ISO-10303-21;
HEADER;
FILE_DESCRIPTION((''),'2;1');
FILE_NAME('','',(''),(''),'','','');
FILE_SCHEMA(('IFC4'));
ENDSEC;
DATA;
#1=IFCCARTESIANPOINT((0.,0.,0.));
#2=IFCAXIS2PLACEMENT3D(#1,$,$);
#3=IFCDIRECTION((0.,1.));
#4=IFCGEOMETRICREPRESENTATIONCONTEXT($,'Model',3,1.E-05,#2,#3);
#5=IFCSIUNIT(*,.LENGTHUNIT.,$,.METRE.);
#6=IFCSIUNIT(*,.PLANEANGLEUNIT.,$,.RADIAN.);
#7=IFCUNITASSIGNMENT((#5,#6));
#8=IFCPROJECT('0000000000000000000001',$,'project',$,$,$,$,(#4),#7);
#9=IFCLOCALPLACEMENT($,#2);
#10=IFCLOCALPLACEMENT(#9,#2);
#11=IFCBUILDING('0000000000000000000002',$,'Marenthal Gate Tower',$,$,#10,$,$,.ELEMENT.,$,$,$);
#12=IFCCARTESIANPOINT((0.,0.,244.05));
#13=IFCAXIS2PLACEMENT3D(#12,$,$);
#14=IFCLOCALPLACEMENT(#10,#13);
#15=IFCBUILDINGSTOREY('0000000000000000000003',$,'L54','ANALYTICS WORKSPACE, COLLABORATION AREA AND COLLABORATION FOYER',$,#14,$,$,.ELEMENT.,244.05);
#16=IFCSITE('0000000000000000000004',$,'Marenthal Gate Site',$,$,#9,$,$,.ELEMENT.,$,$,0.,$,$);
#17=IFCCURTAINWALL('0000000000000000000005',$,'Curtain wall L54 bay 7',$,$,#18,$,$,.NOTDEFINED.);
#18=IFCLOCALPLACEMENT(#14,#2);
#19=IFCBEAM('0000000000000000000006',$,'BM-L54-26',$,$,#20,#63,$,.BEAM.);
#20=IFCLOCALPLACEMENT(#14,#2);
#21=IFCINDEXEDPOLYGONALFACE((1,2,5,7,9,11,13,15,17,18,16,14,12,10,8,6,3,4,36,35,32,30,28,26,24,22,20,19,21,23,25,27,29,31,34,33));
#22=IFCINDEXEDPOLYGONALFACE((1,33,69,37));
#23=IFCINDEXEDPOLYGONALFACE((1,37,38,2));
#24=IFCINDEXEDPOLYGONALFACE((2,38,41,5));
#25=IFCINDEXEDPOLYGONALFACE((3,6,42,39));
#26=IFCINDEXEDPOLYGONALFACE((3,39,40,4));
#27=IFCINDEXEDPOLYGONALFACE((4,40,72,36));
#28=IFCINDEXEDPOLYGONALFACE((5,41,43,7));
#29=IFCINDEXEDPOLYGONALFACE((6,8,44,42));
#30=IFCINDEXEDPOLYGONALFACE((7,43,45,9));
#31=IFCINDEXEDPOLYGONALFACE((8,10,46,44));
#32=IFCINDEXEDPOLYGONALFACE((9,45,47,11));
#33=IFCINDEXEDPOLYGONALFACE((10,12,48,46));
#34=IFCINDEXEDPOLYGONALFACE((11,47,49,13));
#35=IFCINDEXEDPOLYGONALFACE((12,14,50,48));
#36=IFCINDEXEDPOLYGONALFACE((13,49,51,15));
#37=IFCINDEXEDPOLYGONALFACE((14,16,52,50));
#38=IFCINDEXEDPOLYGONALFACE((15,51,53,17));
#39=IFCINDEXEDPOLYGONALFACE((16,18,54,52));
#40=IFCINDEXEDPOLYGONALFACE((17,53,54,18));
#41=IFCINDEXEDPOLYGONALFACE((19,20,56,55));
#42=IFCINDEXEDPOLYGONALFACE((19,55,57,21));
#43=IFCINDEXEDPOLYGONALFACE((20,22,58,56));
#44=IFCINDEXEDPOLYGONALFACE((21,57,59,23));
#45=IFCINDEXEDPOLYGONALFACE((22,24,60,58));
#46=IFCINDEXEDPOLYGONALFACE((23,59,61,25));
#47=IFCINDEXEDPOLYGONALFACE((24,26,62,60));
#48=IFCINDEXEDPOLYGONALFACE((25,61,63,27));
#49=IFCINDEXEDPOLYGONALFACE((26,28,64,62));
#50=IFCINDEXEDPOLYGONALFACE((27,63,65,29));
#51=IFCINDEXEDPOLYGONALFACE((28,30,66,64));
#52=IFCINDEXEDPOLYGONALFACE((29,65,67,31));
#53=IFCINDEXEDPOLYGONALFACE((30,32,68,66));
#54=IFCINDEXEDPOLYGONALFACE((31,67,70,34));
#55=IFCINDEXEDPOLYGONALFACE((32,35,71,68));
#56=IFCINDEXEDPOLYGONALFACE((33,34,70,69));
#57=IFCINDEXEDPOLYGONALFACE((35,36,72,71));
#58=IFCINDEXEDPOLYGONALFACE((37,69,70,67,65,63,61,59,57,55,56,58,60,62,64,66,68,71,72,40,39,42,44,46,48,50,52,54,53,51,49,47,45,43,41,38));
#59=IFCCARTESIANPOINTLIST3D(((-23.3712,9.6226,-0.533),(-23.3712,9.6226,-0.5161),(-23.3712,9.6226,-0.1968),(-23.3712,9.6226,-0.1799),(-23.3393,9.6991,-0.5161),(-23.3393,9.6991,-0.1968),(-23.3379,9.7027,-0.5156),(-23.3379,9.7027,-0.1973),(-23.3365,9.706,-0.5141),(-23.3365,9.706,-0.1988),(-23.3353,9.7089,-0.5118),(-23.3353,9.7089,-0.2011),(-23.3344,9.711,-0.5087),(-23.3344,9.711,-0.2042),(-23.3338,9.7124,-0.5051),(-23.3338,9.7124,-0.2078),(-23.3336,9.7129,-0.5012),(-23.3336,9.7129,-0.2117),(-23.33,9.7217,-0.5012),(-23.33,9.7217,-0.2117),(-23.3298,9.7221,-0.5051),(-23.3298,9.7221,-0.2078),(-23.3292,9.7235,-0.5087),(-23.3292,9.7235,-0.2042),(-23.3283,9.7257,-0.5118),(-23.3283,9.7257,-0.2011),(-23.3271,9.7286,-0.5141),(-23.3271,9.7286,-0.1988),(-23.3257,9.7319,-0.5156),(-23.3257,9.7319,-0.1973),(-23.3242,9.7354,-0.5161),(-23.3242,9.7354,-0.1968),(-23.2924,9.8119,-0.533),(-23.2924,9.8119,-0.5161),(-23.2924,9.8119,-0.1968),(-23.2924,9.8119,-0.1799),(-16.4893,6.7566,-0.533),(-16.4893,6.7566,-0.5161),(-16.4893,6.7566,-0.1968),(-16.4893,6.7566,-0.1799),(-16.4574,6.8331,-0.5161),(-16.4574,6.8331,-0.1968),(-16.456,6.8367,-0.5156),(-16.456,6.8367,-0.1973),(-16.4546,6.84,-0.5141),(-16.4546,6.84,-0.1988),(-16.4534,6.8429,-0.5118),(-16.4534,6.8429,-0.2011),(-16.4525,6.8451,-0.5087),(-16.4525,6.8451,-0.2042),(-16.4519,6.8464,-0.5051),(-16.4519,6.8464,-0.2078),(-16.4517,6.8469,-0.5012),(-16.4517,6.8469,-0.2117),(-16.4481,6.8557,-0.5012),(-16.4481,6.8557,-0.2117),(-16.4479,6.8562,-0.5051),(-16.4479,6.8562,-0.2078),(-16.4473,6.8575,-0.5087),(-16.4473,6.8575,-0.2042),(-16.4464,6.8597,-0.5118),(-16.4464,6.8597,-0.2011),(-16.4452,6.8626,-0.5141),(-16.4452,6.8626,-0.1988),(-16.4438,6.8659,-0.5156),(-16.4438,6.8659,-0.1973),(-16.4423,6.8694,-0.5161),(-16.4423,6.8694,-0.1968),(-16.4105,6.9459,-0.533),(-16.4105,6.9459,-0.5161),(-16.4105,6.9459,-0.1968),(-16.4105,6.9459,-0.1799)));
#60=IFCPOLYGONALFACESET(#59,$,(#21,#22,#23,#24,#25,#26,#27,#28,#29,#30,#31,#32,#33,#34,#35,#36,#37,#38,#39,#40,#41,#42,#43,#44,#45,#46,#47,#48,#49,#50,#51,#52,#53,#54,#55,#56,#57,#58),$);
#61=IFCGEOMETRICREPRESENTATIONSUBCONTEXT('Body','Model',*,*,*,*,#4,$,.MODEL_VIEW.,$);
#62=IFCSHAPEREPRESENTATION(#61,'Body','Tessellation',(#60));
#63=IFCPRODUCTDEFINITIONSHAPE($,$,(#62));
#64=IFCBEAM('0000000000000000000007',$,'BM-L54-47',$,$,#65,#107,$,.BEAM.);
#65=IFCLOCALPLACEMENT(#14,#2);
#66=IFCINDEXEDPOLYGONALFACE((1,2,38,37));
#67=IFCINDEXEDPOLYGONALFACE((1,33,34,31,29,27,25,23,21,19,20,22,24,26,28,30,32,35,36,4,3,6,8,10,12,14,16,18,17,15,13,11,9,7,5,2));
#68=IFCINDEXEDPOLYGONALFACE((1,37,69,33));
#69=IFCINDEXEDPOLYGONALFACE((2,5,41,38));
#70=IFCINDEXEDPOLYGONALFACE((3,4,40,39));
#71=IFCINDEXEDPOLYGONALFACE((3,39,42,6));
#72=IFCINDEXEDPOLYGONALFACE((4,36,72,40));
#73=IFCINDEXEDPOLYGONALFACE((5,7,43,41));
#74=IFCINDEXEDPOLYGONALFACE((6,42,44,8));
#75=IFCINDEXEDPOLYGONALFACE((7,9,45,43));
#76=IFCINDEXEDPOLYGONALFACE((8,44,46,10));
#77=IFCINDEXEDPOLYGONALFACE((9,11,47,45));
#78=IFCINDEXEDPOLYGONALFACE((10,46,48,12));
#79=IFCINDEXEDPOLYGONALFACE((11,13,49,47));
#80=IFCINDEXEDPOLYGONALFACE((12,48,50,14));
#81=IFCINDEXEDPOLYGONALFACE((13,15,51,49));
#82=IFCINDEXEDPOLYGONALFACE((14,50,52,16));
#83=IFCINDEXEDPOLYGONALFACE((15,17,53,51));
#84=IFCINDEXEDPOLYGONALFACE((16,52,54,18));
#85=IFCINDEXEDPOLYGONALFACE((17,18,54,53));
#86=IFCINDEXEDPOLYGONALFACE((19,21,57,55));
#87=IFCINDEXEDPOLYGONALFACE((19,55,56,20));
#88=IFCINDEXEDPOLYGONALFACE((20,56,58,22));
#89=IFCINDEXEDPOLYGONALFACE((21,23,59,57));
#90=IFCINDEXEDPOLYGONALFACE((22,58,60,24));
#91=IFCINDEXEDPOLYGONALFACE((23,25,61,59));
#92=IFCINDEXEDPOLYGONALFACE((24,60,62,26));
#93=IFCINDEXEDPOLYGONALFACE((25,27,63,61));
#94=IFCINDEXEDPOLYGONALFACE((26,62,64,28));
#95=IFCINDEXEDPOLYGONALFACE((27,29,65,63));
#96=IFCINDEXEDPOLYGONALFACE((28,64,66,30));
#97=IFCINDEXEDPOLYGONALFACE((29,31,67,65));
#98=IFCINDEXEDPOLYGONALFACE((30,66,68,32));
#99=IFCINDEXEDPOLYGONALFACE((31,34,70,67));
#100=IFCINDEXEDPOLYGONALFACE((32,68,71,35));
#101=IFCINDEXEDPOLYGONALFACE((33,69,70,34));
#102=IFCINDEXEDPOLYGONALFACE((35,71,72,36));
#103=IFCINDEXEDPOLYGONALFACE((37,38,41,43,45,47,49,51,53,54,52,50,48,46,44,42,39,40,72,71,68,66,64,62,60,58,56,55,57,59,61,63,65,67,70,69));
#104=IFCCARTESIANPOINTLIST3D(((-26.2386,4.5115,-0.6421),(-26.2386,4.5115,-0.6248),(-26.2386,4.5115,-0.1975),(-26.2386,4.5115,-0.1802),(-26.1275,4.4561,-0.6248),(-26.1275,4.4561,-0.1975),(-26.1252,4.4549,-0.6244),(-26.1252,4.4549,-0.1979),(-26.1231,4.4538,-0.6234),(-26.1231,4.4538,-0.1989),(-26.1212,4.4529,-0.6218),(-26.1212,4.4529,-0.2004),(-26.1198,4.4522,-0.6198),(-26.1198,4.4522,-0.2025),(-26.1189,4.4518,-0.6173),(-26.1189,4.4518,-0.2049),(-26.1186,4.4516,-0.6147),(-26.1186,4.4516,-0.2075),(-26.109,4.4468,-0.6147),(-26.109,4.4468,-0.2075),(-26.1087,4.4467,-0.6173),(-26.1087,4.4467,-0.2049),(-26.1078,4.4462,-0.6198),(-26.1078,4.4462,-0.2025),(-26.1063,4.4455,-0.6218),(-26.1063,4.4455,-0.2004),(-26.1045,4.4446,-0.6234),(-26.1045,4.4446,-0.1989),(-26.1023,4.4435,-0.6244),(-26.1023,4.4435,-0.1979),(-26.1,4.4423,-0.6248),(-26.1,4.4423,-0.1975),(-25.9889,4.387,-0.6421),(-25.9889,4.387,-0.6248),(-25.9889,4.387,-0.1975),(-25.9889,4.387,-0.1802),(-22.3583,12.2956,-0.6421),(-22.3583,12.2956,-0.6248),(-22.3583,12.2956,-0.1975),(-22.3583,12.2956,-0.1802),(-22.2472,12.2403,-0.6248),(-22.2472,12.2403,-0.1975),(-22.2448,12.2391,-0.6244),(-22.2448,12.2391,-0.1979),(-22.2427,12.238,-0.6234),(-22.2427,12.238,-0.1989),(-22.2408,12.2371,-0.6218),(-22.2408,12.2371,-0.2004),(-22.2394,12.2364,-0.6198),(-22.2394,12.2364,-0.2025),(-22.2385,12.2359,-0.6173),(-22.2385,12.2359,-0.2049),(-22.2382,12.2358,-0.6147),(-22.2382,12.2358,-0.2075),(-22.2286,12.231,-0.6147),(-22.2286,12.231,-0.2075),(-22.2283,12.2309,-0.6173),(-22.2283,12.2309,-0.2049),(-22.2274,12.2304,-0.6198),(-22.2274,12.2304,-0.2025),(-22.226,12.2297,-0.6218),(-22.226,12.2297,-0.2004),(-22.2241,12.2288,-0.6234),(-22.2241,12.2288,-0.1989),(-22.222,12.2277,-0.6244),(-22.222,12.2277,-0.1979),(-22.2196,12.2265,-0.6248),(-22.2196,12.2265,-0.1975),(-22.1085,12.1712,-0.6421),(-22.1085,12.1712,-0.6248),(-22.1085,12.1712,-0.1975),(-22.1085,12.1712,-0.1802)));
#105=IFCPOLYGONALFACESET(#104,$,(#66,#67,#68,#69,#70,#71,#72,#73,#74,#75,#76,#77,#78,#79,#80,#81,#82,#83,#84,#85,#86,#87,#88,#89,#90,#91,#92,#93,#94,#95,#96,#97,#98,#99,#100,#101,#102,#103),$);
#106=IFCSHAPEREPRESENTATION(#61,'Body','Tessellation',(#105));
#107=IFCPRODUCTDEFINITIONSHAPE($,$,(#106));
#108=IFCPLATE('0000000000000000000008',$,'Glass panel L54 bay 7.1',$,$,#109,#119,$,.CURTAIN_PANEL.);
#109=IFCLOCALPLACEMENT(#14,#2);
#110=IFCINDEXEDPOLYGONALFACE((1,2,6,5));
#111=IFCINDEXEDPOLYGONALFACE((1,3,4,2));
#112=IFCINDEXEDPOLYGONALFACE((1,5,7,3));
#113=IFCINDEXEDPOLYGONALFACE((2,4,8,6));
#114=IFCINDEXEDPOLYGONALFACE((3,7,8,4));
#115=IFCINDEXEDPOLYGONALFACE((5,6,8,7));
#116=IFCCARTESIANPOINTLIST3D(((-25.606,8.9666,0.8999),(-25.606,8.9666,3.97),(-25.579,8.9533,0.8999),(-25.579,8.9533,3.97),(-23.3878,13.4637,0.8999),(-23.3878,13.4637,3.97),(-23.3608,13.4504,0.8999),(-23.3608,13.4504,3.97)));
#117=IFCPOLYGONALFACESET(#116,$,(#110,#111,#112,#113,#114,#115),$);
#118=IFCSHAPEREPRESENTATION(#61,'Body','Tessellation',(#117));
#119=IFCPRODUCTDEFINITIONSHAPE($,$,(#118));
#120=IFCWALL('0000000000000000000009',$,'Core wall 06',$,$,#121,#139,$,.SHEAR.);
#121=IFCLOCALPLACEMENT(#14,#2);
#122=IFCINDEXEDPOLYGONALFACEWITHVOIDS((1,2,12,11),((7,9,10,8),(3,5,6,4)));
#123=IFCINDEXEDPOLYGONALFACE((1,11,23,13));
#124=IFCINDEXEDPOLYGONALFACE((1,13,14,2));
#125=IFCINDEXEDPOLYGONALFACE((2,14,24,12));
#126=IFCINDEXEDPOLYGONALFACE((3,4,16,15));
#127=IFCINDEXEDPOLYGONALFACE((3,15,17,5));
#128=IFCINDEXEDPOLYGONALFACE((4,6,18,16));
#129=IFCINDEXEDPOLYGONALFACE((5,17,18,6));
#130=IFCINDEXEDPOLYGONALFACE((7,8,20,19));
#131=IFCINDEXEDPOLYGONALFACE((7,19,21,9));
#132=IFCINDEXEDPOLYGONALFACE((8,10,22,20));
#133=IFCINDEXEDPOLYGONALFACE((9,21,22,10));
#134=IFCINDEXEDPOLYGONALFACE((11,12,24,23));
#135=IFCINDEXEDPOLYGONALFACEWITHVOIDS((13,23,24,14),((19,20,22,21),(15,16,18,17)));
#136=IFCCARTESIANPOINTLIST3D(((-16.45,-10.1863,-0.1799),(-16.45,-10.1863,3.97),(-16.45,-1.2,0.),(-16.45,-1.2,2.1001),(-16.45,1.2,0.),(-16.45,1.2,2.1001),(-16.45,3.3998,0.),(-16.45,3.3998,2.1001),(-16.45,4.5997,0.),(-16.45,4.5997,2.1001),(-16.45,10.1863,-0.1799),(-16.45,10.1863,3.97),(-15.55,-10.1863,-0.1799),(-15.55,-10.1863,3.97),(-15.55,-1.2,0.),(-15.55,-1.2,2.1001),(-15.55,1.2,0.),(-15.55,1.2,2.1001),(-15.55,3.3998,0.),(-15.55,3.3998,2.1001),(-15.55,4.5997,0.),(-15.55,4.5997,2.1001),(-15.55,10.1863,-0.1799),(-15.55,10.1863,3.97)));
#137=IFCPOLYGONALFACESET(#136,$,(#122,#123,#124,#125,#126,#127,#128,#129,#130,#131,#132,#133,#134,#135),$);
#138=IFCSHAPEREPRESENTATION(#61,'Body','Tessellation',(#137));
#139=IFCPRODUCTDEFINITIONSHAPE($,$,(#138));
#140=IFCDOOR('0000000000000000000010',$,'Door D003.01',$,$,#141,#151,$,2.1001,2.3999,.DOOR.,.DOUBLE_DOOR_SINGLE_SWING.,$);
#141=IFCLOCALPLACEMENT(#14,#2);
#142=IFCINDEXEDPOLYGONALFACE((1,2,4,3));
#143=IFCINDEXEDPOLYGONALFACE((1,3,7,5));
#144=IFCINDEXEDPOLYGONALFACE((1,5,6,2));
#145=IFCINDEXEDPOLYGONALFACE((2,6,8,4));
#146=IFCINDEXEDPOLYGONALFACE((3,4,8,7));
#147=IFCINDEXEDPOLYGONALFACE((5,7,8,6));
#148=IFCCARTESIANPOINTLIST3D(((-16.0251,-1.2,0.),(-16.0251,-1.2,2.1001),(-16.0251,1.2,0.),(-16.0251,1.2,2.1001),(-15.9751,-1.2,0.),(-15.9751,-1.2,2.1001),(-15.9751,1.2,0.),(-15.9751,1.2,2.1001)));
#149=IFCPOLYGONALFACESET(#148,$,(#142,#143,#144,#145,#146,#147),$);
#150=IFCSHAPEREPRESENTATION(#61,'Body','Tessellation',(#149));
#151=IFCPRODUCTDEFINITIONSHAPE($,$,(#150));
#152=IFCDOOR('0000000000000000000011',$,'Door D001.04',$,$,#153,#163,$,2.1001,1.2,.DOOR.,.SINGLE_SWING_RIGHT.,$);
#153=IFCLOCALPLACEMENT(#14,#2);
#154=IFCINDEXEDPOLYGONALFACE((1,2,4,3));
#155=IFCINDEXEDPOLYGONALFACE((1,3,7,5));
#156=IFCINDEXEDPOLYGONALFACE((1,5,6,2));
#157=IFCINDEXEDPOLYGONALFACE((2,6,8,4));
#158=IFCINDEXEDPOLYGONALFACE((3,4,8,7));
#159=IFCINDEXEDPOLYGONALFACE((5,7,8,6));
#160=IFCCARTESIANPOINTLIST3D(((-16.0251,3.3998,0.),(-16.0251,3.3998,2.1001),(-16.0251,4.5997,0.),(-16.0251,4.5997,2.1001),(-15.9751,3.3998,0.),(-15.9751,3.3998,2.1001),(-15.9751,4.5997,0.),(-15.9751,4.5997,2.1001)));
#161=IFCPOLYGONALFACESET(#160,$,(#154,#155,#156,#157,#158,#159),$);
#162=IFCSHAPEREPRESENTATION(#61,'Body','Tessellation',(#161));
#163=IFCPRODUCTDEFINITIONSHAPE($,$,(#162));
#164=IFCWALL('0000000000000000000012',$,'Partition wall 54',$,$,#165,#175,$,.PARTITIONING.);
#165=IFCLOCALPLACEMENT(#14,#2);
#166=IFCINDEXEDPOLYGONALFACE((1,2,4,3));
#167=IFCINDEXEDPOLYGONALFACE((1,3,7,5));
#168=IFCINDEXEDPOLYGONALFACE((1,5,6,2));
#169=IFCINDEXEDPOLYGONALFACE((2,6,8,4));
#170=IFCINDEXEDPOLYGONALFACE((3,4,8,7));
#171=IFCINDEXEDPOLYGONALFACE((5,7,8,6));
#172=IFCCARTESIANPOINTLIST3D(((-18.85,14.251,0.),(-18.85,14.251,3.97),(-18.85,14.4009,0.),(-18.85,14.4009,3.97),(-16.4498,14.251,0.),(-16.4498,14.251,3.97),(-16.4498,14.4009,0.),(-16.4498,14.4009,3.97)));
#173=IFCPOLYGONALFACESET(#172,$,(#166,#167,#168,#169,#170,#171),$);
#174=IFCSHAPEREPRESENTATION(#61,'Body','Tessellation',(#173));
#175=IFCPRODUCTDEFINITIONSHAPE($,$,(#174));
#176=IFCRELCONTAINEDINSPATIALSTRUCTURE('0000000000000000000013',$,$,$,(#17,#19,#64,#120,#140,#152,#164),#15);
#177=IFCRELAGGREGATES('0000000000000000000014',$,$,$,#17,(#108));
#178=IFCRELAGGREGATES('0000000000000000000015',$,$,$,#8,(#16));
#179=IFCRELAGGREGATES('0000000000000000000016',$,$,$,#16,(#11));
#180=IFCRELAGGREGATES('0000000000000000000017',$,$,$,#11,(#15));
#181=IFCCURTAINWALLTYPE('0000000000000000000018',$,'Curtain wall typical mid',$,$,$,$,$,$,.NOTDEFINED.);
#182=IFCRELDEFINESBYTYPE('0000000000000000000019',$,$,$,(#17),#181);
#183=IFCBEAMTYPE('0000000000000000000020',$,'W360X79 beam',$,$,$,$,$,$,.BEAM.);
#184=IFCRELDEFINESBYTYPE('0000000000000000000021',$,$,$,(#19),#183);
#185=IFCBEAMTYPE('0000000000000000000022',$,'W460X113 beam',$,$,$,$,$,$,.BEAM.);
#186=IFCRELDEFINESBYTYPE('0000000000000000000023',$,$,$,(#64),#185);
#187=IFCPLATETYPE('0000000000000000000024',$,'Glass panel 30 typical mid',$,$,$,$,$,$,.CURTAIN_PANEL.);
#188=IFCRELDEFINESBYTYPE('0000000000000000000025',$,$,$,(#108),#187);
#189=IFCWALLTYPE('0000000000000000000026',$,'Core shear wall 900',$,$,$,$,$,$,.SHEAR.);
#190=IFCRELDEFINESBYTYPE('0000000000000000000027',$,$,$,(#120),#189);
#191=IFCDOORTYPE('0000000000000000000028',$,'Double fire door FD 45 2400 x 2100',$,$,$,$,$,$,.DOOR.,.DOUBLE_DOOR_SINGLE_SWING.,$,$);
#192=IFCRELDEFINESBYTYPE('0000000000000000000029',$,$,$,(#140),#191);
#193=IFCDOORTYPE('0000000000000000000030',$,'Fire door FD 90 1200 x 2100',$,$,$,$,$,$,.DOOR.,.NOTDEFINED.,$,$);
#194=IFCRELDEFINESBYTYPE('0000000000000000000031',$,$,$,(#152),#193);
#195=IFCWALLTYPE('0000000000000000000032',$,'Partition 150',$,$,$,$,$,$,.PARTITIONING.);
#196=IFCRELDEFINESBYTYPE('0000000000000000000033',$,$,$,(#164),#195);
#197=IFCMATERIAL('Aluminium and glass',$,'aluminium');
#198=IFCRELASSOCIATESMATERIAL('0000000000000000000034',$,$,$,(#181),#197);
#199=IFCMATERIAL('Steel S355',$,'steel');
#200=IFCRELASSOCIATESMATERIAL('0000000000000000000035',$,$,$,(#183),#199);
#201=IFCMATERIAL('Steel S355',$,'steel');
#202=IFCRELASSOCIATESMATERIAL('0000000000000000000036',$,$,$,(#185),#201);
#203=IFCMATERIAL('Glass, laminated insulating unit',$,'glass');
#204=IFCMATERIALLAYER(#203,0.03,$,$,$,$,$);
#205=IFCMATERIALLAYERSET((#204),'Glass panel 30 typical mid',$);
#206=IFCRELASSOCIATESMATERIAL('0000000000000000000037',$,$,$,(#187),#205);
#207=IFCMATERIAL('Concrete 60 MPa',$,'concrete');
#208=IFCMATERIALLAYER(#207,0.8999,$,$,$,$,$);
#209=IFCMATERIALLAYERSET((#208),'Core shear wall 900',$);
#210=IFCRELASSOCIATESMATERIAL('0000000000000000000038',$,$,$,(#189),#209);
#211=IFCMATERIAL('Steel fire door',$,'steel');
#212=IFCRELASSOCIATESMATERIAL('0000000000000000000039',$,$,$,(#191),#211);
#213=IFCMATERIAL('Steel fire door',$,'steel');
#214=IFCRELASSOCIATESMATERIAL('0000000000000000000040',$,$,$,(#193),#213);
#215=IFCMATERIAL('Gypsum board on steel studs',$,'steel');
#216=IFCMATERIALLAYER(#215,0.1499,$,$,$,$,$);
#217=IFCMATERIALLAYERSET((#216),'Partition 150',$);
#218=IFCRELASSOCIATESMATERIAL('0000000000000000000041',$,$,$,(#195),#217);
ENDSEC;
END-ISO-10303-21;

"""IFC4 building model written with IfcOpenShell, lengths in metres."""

from ifc_helpers import new_model, si_unit, direction, frame, frame_2d, origin, origin_2d, place, context, subcontext, project, spatial, rectangle, i_section, extrude, material, layer, layer_set, material_profile, profile_set, type_object, element, fill, aggregate, save


model = new_model("IFC4")

# Units and contexts
model_context = context("Model", 3, precision=1e-05, world=origin(), true_north=direction((0.0, 1.0)))
body_context = subcontext(model_context, "Body", "Model", "MODEL_VIEW")
ifc_project = project(units=[si_unit("LENGTHUNIT", "METRE"), si_unit("PLANEANGLEUNIT", "RADIAN")], contexts=[model_context])

# Site, building, storey
site_placement = place(None, origin())
site = spatial("IfcSite", under=ifc_project, at=site_placement, Name="Marenthal Gate Site", CompositionType="ELEMENT", RefElevation=0.0)
building_placement = place(site_placement, origin())
building = spatial("IfcBuilding", under=site, at=building_placement, Name="Marenthal Gate Tower", CompositionType="ELEMENT")
storey_placement = place(building_placement, frame((0.0, 0.0, 244.05)))
storey = spatial("IfcBuildingStorey", under=building, at=storey_placement, Name="L54", Description="ANALYTICS WORKSPACE, COLLABORATION AREA AND COLLABORATION FOYER", CompositionType="ELEMENT", Elevation=244.05)

# Curtain wall
ifc_material_1 = material(Name="Aluminium and glass", Category="aluminium")
curtain_wall_type = type_object("IfcCurtainWallType", Name="Curtain wall typical mid", PredefinedType="NOTDEFINED", material=ifc_material_1)
curtain_wall_placement = place(storey_placement, origin())
curtain_wall = element("IfcCurtainWall", 1, at=curtain_wall_placement, inside=storey, type_object=curtain_wall_type, Name="Curtain wall L54 bay 7", PredefinedType="NOTDEFINED")

# Beams
ifc_material_2 = material(Name="Steel S355", Category="steel")
ifc_material_profile_1 = material_profile(ifc_material_2, i_section(OverallWidth=0.2051, OverallDepth=0.353, WebThickness=0.0095, FlangeThickness=0.0168, FilletRadius=0.0149, at=origin_2d()), Name="W360X79")
ifc_profile_set_1 = profile_set([ifc_material_profile_1], Name="Steel S355")
beam_type_1 = type_object("IfcBeamType", Name="W360X79 beam", PredefinedType="BEAM", material=ifc_profile_set_1)
beam_1_placement = place(storey_placement, frame((-23.3318, 9.7173, -0.3564), z_axis=(0.923147, -0.384448, 0.0), x_axis=(0.384448, 0.923147, 0.0)))
element("IfcBeam", 2, at=beam_1_placement, inside=storey, type_object=beam_type_1, Name="BM-L54-26", PredefinedType="BEAM", context=body_context, shape_type="SweptSolid", body=[
    extrude(i_section(OverallWidth=0.2051, OverallDepth=0.353, WebThickness=0.0095, FlangeThickness=0.0168, FilletRadius=0.0149, at=origin_2d()), origin(), (0.0, 0.0, 1.0), 7.4548),
])
ifc_material_3 = material(Name="Steel S355", Category="steel")
ifc_material_profile_2 = material_profile(ifc_material_3, i_section(OverallWidth=0.2791, OverallDepth=0.4619, WebThickness=0.0107, FlangeThickness=0.0173, FilletRadius=0.01, at=origin_2d()), Name="W460X113")
ifc_profile_set_2 = profile_set([ifc_material_profile_2], Name="Steel S355")
beam_type_2 = type_object("IfcBeamType", Name="W460X113 beam", PredefinedType="BEAM", material=ifc_profile_set_2)
beam_2_placement = place(storey_placement, frame((-22.2334, 12.2334, -0.4111), z_axis=(-0.446135, -0.894965, 0.0), x_axis=(0.894965, -0.446135, 0.0)))
element("IfcBeam", 3, at=beam_2_placement, inside=storey, type_object=beam_type_2, Name="BM-L54-47", PredefinedType="BEAM", context=body_context, shape_type="SweptSolid", body=[
    extrude(i_section(OverallWidth=0.2791, OverallDepth=0.4619, WebThickness=0.0107, FlangeThickness=0.0173, FilletRadius=0.01, at=origin_2d()), origin(), (0.0, 0.0, 1.0), 8.6978),
])

# Plate
ifc_material_4 = material(Name="Glass, laminated insulating unit", Category="glass")
ifc_layer_1 = layer(ifc_material_4, 0.03)
ifc_layer_set_1 = layer_set([ifc_layer_1], Name="Glass panel 30 typical mid")
plate_type = type_object("IfcPlateType", Name="Glass panel 30 typical mid", PredefinedType="CURTAIN_PANEL", material=ifc_layer_set_1)
plate_placement = place(storey_placement, frame((-24.4834, 11.2085, 0.8999), z_axis=(0.0, 0.0, 1.0), x_axis=(-0.442364, -0.896835, 0.0)))
plate = element("IfcPlate", 4, at=plate_placement, type_object=plate_type, Name="Glass panel L54 bay 7.1", PredefinedType="CURTAIN_PANEL", context=body_context, shape_type="SweptSolid", body=[
    extrude(rectangle(XDim=5.0144, YDim=0.03, at=origin_2d()), origin(), (0.0, 0.0, 1.0), 3.0701),
])
aggregate(curtain_wall, [plate])

# Wall, openings, doors
ifc_material_5 = material(Name="Concrete 60 MPa", Category="concrete")
ifc_layer_2 = layer(ifc_material_5, 0.8999)
ifc_layer_set_2 = layer_set([ifc_layer_2], Name="Core shear wall 900")
wall_type_1 = type_object("IfcWallType", Name="Core shear wall 900", PredefinedType="SHEAR", material=ifc_layer_set_2)
wall_1_placement = place(storey_placement, frame((-16.0, 10.1863, -0.1799), z_axis=(0.0, 0.0, 1.0), x_axis=(0.0, -1.0, 0.0)))
wall_1 = element("IfcWall", 5, at=wall_1_placement, inside=storey, type_object=wall_type_1, Name="Core wall 06", PredefinedType="SHEAR", context=body_context, shape_type="SweptSolid", body=[
    extrude(rectangle(XDim=20.3726, YDim=0.8999, at=frame_2d((10.1863, 0.0))), origin(), (0.0, 0.0, 1.0), 4.1499),
])
opening_1_placement = place(wall_1_placement, frame((8.9863, 0.0, 0.1799)))
opening_1 = element("IfcOpeningElement", 6, at=opening_1_placement, cuts=wall_1, PredefinedType="OPENING", context=body_context, shape_type="SweptSolid", body=[
    extrude(rectangle(XDim=2.3999, YDim=2.1001, at=frame_2d((1.2, 1.05))), frame((0.0, 0.46, 0.0), z_axis=(0.0, -1.0, 0.0), x_axis=(1.0, 0.0, 0.0)), (0.0, 0.0, 1.0), 0.9199),
])
opening_2_placement = place(wall_1_placement, frame((5.5864, 0.0, 0.1799)))
opening_2 = element("IfcOpeningElement", 7, at=opening_2_placement, cuts=wall_1, PredefinedType="OPENING", context=body_context, shape_type="SweptSolid", body=[
    extrude(rectangle(XDim=1.2, YDim=2.1001, at=frame_2d((0.6001, 1.05))), frame((0.0, 0.46, 0.0), z_axis=(0.0, -1.0, 0.0), x_axis=(1.0, 0.0, 0.0)), (0.0, 0.0, 1.0), 0.9199),
])
ifc_material_6 = material(Name="Steel fire door", Category="steel")
door_type_1 = type_object("IfcDoorType", Name="Double fire door FD 45 2400 x 2100", OperationType="DOUBLE_DOOR_SINGLE_SWING", PredefinedType="DOOR", material=ifc_material_6)
door_1_placement = place(opening_1_placement, origin())
door_1 = element("IfcDoor", 8, at=door_1_placement, inside=storey, type_object=door_type_1, Name="Door D003.01", OperationType="DOUBLE_DOOR_SINGLE_SWING", OverallHeight=2.1001, OverallWidth=2.3999, PredefinedType="DOOR", context=body_context, shape_type="SweptSolid", body=[
    extrude(rectangle(XDim=2.3999, YDim=2.1001, at=frame_2d((1.2, 1.05))), frame((0.0, 0.0249, 0.0), z_axis=(0.0, -1.0, 0.0), x_axis=(1.0, 0.0, 0.0)), (0.0, 0.0, 1.0), 0.05),
])
fill(opening_1, door_1)
ifc_material_7 = material(Name="Steel fire door", Category="steel")
door_type_2 = type_object("IfcDoorType", Name="Fire door FD 90 1200 x 2100", OperationType="NOTDEFINED", PredefinedType="DOOR", material=ifc_material_7)
door_2_placement = place(opening_2_placement, origin())
door_2 = element("IfcDoor", 9, at=door_2_placement, inside=storey, type_object=door_type_2, Name="Door D001.04", OperationType="SINGLE_SWING_RIGHT", OverallHeight=2.1001, OverallWidth=1.2, PredefinedType="DOOR", context=body_context, shape_type="SweptSolid", body=[
    extrude(rectangle(XDim=1.2, YDim=2.1001, at=frame_2d((0.6001, 1.05))), frame((0.0, 0.0249, 0.0), z_axis=(0.0, -1.0, 0.0), x_axis=(1.0, 0.0, 0.0)), (0.0, 0.0, 1.0), 0.05),
])
fill(opening_2, door_2)

# Wall
ifc_material_8 = material(Name="Gypsum board on steel studs", Category="steel")
ifc_layer_3 = layer(ifc_material_8, 0.1499)
ifc_layer_set_3 = layer_set([ifc_layer_3], Name="Partition 150")
wall_type_2 = type_object("IfcWallType", Name="Partition 150", PredefinedType="PARTITIONING", material=ifc_layer_set_3)
wall_2_placement = place(storey_placement, frame((-18.8501, 14.3259, 0.0), z_axis=(0.0, 0.0, 1.0), x_axis=(1.0, 0.0, 0.0)))
element("IfcWall", 10, at=wall_2_placement, inside=storey, type_object=wall_type_2, Name="Partition wall 54", PredefinedType="PARTITIONING", context=body_context, shape_type="SweptSolid", body=[
    extrude(rectangle(XDim=2.4001, YDim=0.1499, at=frame_2d((1.2002, 0.0))), origin(), (0.0, 0.0, 1.0), 3.97),
])

save(model, "model.ifc")
